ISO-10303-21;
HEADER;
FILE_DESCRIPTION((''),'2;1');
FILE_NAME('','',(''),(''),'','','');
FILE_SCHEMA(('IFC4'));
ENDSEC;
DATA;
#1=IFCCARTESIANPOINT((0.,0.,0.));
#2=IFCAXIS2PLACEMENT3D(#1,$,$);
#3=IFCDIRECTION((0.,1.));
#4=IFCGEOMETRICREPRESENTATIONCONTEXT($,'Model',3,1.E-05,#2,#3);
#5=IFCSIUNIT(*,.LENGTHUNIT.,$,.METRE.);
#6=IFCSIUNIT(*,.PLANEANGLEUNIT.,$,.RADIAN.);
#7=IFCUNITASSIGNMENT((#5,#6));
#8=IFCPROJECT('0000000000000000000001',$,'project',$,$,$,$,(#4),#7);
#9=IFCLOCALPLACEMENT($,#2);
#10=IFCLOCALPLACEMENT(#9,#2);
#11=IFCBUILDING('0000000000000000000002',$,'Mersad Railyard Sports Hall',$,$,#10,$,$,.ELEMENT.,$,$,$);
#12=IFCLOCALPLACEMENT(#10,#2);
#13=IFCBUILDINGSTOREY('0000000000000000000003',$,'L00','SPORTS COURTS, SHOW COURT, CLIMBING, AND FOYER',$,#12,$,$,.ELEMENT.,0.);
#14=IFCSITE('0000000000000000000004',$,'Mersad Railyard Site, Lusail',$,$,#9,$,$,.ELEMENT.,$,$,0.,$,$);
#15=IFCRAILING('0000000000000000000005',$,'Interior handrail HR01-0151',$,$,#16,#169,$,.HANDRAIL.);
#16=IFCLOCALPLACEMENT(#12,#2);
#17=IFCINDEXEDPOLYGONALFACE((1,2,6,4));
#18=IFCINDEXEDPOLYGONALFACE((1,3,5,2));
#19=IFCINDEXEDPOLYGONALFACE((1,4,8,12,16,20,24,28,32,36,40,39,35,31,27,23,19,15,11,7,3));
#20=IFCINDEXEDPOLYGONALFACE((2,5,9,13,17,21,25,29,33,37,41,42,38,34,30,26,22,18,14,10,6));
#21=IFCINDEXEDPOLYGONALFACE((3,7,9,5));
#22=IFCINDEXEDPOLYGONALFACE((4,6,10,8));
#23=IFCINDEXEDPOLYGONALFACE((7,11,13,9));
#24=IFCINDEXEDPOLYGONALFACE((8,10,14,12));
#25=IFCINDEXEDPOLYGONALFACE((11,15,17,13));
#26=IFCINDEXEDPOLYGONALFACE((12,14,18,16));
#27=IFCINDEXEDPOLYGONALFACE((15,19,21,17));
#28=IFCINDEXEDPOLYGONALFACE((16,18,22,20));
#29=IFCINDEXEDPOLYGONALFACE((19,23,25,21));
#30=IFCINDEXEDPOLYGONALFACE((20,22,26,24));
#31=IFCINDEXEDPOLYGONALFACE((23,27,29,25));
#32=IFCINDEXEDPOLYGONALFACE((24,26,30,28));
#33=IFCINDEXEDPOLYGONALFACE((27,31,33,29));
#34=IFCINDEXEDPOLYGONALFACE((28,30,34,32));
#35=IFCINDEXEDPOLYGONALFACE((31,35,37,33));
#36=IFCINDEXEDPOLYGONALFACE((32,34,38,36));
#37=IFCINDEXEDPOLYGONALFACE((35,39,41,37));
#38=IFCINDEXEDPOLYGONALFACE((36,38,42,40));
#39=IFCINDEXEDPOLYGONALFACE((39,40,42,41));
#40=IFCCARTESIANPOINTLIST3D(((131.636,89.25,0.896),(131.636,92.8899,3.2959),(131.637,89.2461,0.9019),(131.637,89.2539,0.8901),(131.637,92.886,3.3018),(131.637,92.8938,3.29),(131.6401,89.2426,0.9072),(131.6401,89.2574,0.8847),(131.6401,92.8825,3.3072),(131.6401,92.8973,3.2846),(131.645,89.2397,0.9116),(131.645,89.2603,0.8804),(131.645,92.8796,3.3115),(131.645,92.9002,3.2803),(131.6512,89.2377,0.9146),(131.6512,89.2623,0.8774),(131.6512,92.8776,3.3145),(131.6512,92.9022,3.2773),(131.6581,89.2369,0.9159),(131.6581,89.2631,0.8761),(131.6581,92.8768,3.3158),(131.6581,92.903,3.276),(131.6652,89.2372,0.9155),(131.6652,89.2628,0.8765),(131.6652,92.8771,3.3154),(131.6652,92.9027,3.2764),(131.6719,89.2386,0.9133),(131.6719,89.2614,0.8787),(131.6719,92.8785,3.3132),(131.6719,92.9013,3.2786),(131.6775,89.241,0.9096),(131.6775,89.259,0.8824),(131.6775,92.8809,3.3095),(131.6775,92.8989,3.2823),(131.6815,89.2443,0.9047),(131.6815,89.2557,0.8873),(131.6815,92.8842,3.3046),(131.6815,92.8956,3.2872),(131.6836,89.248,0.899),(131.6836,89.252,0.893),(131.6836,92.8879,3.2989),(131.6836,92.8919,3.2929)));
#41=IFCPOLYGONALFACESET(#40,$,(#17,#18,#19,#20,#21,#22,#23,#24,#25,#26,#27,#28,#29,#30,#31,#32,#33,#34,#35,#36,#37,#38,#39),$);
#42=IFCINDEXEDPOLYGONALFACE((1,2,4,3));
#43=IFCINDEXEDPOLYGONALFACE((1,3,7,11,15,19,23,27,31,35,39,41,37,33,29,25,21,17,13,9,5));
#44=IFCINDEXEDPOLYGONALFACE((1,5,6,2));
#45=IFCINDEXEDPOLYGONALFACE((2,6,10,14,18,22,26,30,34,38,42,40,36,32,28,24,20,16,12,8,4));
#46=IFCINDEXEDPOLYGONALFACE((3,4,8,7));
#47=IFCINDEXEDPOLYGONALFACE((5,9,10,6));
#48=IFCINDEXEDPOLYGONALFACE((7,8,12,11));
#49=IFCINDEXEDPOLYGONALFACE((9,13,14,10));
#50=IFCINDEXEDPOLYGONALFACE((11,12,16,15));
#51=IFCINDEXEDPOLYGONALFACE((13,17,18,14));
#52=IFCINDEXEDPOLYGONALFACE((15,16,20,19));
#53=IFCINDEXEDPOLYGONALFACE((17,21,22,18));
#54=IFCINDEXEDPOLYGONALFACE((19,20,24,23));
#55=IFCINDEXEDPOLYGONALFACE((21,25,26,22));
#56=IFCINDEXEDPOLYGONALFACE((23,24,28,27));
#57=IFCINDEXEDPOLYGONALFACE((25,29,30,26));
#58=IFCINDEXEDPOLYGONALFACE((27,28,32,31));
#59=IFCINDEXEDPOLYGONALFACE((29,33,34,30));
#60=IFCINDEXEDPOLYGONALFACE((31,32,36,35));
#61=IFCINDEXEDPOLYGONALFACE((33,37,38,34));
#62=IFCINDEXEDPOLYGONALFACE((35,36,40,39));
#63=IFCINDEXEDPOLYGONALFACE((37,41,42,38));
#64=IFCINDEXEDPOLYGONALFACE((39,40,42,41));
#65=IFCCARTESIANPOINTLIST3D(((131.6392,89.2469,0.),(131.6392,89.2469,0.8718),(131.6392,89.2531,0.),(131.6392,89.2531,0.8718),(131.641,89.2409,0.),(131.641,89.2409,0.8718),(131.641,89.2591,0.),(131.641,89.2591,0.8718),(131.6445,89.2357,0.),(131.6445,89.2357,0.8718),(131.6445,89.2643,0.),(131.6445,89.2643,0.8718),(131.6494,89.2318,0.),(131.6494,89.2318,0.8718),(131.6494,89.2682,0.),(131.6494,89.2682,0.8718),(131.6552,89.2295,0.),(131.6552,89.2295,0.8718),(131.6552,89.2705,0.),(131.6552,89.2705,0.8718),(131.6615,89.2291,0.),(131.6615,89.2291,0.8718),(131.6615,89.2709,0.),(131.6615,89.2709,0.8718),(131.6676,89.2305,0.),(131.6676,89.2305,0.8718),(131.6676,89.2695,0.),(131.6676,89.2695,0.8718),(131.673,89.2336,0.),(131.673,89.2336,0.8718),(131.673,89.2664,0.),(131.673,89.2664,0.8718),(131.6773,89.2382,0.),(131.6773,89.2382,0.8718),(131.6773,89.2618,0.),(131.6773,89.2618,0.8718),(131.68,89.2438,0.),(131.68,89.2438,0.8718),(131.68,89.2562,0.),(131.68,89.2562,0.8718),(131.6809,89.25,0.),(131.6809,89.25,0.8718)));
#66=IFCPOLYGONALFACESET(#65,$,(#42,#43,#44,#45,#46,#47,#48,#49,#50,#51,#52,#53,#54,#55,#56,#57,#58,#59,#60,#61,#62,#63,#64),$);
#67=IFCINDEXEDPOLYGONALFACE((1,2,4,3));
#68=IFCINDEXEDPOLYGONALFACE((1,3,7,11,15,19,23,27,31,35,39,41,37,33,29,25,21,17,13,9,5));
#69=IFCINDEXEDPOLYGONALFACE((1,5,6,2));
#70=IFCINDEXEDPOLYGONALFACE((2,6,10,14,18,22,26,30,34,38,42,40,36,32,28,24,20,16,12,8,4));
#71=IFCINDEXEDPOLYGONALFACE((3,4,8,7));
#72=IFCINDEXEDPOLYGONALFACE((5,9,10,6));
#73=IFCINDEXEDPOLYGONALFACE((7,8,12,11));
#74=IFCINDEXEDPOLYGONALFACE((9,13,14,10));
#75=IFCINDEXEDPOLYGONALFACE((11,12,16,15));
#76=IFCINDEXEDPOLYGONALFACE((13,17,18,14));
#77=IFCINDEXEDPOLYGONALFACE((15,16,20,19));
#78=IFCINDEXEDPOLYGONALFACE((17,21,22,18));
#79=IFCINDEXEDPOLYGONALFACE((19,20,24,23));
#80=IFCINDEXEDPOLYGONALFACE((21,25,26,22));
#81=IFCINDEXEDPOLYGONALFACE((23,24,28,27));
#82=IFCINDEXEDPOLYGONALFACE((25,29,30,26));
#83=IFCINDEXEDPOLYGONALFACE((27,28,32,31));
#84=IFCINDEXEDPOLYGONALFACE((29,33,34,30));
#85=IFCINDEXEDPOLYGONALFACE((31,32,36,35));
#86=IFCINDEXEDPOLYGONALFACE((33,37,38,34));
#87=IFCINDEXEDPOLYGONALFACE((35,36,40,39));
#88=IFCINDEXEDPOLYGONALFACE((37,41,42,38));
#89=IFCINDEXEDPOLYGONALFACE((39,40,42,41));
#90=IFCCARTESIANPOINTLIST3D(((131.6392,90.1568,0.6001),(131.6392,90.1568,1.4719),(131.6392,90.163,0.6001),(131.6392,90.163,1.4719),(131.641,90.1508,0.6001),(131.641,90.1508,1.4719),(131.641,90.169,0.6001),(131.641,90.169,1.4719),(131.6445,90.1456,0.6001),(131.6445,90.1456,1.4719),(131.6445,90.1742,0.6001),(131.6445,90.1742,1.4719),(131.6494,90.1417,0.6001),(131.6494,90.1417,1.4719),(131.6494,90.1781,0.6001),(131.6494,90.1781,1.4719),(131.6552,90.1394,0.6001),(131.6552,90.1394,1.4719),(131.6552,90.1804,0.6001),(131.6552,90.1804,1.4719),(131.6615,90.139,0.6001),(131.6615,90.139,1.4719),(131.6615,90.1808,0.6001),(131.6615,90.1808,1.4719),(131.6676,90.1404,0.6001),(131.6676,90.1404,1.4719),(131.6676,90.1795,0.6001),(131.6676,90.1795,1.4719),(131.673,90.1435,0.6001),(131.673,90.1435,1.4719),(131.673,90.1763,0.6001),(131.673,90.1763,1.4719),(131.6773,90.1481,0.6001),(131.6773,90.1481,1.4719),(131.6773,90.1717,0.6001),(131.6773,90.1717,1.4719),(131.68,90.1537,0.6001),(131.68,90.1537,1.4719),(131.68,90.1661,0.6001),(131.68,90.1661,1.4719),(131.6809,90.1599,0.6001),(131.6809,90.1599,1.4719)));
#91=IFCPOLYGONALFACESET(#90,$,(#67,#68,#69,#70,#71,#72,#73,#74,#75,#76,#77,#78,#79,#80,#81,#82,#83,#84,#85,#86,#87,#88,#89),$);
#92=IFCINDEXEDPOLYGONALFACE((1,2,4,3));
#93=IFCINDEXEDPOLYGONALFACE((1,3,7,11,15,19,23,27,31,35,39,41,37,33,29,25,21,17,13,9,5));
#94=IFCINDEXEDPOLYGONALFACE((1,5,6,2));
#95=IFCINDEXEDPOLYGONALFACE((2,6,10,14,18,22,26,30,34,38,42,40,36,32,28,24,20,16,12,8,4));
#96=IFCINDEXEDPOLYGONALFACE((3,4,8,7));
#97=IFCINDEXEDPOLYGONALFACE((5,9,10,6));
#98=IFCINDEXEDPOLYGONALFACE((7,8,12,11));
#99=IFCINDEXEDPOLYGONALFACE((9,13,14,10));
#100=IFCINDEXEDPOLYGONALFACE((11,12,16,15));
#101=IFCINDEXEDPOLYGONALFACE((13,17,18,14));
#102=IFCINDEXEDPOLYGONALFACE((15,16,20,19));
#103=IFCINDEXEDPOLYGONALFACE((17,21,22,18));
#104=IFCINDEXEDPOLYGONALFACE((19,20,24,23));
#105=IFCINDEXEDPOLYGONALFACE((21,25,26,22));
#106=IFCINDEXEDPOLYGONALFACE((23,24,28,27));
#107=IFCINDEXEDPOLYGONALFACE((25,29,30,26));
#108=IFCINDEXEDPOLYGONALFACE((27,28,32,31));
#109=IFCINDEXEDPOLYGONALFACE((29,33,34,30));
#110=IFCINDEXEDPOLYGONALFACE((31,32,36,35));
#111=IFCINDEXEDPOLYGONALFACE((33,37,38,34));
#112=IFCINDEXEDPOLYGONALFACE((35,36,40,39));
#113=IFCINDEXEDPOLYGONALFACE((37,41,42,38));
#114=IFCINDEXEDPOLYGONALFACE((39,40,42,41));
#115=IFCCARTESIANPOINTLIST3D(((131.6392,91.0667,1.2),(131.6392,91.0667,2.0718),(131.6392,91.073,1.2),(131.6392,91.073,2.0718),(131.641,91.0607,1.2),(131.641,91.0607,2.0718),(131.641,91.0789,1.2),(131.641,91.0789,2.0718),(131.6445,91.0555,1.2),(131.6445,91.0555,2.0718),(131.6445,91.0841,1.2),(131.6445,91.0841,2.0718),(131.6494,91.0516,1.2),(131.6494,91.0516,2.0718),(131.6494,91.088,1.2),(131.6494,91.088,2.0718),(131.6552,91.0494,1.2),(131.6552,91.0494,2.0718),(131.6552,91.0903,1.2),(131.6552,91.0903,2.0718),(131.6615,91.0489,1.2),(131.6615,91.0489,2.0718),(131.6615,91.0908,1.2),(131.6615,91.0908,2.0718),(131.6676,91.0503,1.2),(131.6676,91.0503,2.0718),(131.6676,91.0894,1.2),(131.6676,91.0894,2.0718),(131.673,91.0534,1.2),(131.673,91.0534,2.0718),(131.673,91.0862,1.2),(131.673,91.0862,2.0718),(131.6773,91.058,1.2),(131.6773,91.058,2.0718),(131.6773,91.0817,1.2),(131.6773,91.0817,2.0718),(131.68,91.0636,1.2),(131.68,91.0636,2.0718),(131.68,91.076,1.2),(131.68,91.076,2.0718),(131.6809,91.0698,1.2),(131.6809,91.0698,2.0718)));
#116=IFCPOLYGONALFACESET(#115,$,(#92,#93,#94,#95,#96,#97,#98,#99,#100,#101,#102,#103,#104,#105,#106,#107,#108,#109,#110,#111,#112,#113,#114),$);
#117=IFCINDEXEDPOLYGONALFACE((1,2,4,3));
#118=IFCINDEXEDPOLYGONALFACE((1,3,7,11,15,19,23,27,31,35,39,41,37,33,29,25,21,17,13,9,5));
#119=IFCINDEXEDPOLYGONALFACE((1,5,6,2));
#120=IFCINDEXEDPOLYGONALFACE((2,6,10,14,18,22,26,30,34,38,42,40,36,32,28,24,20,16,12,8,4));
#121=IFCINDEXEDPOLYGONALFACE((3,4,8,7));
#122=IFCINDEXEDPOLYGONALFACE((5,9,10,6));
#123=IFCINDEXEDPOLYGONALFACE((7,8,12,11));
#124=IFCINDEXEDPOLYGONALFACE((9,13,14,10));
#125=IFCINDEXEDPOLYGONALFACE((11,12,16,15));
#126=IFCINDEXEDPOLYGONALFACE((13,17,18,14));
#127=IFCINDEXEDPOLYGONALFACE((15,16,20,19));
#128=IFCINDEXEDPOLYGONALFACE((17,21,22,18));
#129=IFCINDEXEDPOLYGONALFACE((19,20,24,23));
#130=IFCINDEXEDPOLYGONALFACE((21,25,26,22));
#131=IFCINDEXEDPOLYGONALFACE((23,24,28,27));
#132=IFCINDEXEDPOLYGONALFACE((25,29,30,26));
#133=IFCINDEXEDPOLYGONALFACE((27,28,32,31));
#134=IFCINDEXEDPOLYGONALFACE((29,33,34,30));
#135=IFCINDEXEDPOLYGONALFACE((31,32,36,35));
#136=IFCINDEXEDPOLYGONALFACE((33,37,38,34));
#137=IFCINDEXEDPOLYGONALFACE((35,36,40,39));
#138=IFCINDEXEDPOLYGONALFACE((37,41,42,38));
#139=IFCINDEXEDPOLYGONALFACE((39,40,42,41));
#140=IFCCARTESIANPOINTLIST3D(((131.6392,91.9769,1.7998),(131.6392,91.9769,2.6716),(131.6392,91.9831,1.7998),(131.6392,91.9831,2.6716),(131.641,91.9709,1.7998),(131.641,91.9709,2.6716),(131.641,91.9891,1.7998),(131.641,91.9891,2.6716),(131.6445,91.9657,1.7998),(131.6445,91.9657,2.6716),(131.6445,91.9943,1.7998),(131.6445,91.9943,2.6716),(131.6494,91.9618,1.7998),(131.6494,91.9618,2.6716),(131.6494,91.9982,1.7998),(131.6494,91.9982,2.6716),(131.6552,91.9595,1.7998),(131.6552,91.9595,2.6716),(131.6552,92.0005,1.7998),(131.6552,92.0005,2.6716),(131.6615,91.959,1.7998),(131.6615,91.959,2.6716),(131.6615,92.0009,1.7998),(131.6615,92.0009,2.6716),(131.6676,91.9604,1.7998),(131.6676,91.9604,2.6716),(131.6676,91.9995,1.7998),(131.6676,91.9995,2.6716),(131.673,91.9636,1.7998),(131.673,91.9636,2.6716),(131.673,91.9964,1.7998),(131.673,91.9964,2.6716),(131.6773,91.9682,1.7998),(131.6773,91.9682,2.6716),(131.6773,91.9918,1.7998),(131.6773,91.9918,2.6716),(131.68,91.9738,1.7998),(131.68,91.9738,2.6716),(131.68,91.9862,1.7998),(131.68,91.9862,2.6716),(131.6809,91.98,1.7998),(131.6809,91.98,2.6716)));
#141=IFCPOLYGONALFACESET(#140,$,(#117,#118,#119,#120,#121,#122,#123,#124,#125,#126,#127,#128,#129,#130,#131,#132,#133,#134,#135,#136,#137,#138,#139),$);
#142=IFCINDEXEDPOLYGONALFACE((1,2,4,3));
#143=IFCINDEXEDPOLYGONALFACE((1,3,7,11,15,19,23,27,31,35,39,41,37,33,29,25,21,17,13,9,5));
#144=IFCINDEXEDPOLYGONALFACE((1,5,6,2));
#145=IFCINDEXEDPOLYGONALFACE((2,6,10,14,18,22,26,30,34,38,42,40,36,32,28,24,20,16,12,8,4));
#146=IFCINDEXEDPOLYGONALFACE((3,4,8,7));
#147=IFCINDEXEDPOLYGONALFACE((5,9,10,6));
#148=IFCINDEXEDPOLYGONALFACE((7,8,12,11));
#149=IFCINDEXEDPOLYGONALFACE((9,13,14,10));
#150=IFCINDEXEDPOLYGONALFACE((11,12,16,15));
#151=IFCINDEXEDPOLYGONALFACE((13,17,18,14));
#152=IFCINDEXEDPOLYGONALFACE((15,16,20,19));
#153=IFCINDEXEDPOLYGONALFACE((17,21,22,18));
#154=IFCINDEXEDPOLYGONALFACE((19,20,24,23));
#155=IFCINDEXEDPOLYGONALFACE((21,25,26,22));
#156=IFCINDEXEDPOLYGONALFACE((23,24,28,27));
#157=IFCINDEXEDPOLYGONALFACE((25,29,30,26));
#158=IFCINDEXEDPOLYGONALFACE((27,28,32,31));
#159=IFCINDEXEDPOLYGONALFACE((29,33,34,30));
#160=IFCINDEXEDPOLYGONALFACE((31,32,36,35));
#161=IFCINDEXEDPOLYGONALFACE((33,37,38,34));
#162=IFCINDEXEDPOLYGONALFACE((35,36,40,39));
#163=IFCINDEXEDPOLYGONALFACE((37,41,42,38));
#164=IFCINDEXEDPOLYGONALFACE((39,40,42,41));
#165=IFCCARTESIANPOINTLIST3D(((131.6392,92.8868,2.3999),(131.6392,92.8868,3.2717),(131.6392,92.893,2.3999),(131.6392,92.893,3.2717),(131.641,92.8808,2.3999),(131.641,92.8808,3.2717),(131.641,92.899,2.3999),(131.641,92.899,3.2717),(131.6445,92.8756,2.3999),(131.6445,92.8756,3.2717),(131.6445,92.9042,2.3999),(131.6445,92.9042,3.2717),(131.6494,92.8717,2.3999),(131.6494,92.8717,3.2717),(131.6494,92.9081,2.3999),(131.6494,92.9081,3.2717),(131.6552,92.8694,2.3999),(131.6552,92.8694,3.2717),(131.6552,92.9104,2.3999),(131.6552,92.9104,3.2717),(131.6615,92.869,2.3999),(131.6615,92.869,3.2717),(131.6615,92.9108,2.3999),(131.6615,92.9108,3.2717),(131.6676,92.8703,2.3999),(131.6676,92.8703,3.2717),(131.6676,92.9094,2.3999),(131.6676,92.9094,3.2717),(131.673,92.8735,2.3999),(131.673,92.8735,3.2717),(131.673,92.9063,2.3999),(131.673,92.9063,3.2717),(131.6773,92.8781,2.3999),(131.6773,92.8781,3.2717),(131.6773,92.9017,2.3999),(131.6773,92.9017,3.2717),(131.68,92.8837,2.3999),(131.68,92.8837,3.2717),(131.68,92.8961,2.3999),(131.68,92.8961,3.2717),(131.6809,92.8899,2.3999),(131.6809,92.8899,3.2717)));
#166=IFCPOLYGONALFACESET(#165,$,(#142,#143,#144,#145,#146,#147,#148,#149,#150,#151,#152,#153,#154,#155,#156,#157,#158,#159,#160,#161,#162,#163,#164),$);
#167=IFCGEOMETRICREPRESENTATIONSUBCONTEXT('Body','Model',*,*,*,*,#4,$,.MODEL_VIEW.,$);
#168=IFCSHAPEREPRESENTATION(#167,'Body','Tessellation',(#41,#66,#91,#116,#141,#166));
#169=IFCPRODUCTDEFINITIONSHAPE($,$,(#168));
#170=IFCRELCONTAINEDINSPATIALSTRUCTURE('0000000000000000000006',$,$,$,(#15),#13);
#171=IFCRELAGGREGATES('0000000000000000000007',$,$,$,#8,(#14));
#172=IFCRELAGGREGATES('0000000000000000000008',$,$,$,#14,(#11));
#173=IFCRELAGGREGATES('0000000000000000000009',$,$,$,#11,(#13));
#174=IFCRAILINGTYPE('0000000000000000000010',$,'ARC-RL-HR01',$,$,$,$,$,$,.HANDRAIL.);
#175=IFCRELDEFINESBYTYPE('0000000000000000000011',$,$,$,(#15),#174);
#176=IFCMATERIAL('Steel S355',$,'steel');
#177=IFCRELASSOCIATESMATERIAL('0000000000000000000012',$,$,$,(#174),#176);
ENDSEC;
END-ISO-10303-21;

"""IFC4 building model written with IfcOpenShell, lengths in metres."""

from ifc_helpers import new_model, si_unit, direction, frame, origin, origin_2d, place, context, subcontext, project, spatial, circle, extrude, material, type_object, element, save


model = new_model("IFC4")

# Units and contexts
model_context = context("Model", 3, precision=1e-05, world=origin(), true_north=direction((0.0, 1.0)))
body_context = subcontext(model_context, "Body", "Model", "MODEL_VIEW")
ifc_project = project(units=[si_unit("LENGTHUNIT", "METRE"), si_unit("PLANEANGLEUNIT", "RADIAN")], contexts=[model_context])

# Site, building, storey
site_placement = place(None, origin())
site = spatial("IfcSite", under=ifc_project, at=site_placement, Name="Mersad Railyard Site, Lusail", CompositionType="ELEMENT", RefElevation=0.0)
building_placement = place(site_placement, origin())
building = spatial("IfcBuilding", under=site, at=building_placement, Name="Mersad Railyard Sports Hall", CompositionType="ELEMENT")
storey_placement = place(building_placement, origin())
storey = spatial("IfcBuildingStorey", under=building, at=storey_placement, Name="L00", Description="SPORTS COURTS, SHOW COURT, CLIMBING, AND FOYER", CompositionType="ELEMENT", Elevation=0.0)

# Shared definitions
ifc_material_1 = material(Name="Steel S355", Category="steel")

# Railing
railing_type_1 = type_object("IfcRailingType", Name="ARC-RL-HR01", PredefinedType="HANDRAIL", material=ifc_material_1)
railing_1_placement = place(storey_placement, frame((131.6599, 89.25, 0.0)))
element("IfcRailing", 1, at=railing_1_placement, inside=storey, type_object=railing_type_1, Name="Interior handrail HR01-0151", PredefinedType="HANDRAIL", context=body_context, shape_type="SweptSolid", body=[
    extrude(circle(Radius=0.0239, at=origin_2d()), frame((0.0, 0.0, 0.896), z_axis=(0.0, 0.834865, 0.550454), x_axis=(-1.0, 0.0, 0.0)), (0.0, 0.0, 1.0), 4.3599),
    extrude(circle(Radius=0.021, at=origin_2d()), origin(), (0.0, 0.0, 1.0), 0.8718),
    extrude(circle(Radius=0.021, at=origin_2d()), frame((0.0, 0.9099, 0.6001)), (0.0, 0.0, 1.0), 0.8718),
    extrude(circle(Radius=0.021, at=origin_2d()), frame((0.0, 1.8198, 1.2)), (0.0, 0.0, 1.0), 0.8718),
    extrude(circle(Radius=0.021, at=origin_2d()), frame((0.0, 2.73, 1.7998)), (0.0, 0.0, 1.0), 0.8718),
    extrude(circle(Radius=0.021, at=origin_2d()), frame((0.0, 3.6399, 2.3999)), (0.0, 0.0, 1.0), 0.8718),
])

save(model, "model.ifc")
